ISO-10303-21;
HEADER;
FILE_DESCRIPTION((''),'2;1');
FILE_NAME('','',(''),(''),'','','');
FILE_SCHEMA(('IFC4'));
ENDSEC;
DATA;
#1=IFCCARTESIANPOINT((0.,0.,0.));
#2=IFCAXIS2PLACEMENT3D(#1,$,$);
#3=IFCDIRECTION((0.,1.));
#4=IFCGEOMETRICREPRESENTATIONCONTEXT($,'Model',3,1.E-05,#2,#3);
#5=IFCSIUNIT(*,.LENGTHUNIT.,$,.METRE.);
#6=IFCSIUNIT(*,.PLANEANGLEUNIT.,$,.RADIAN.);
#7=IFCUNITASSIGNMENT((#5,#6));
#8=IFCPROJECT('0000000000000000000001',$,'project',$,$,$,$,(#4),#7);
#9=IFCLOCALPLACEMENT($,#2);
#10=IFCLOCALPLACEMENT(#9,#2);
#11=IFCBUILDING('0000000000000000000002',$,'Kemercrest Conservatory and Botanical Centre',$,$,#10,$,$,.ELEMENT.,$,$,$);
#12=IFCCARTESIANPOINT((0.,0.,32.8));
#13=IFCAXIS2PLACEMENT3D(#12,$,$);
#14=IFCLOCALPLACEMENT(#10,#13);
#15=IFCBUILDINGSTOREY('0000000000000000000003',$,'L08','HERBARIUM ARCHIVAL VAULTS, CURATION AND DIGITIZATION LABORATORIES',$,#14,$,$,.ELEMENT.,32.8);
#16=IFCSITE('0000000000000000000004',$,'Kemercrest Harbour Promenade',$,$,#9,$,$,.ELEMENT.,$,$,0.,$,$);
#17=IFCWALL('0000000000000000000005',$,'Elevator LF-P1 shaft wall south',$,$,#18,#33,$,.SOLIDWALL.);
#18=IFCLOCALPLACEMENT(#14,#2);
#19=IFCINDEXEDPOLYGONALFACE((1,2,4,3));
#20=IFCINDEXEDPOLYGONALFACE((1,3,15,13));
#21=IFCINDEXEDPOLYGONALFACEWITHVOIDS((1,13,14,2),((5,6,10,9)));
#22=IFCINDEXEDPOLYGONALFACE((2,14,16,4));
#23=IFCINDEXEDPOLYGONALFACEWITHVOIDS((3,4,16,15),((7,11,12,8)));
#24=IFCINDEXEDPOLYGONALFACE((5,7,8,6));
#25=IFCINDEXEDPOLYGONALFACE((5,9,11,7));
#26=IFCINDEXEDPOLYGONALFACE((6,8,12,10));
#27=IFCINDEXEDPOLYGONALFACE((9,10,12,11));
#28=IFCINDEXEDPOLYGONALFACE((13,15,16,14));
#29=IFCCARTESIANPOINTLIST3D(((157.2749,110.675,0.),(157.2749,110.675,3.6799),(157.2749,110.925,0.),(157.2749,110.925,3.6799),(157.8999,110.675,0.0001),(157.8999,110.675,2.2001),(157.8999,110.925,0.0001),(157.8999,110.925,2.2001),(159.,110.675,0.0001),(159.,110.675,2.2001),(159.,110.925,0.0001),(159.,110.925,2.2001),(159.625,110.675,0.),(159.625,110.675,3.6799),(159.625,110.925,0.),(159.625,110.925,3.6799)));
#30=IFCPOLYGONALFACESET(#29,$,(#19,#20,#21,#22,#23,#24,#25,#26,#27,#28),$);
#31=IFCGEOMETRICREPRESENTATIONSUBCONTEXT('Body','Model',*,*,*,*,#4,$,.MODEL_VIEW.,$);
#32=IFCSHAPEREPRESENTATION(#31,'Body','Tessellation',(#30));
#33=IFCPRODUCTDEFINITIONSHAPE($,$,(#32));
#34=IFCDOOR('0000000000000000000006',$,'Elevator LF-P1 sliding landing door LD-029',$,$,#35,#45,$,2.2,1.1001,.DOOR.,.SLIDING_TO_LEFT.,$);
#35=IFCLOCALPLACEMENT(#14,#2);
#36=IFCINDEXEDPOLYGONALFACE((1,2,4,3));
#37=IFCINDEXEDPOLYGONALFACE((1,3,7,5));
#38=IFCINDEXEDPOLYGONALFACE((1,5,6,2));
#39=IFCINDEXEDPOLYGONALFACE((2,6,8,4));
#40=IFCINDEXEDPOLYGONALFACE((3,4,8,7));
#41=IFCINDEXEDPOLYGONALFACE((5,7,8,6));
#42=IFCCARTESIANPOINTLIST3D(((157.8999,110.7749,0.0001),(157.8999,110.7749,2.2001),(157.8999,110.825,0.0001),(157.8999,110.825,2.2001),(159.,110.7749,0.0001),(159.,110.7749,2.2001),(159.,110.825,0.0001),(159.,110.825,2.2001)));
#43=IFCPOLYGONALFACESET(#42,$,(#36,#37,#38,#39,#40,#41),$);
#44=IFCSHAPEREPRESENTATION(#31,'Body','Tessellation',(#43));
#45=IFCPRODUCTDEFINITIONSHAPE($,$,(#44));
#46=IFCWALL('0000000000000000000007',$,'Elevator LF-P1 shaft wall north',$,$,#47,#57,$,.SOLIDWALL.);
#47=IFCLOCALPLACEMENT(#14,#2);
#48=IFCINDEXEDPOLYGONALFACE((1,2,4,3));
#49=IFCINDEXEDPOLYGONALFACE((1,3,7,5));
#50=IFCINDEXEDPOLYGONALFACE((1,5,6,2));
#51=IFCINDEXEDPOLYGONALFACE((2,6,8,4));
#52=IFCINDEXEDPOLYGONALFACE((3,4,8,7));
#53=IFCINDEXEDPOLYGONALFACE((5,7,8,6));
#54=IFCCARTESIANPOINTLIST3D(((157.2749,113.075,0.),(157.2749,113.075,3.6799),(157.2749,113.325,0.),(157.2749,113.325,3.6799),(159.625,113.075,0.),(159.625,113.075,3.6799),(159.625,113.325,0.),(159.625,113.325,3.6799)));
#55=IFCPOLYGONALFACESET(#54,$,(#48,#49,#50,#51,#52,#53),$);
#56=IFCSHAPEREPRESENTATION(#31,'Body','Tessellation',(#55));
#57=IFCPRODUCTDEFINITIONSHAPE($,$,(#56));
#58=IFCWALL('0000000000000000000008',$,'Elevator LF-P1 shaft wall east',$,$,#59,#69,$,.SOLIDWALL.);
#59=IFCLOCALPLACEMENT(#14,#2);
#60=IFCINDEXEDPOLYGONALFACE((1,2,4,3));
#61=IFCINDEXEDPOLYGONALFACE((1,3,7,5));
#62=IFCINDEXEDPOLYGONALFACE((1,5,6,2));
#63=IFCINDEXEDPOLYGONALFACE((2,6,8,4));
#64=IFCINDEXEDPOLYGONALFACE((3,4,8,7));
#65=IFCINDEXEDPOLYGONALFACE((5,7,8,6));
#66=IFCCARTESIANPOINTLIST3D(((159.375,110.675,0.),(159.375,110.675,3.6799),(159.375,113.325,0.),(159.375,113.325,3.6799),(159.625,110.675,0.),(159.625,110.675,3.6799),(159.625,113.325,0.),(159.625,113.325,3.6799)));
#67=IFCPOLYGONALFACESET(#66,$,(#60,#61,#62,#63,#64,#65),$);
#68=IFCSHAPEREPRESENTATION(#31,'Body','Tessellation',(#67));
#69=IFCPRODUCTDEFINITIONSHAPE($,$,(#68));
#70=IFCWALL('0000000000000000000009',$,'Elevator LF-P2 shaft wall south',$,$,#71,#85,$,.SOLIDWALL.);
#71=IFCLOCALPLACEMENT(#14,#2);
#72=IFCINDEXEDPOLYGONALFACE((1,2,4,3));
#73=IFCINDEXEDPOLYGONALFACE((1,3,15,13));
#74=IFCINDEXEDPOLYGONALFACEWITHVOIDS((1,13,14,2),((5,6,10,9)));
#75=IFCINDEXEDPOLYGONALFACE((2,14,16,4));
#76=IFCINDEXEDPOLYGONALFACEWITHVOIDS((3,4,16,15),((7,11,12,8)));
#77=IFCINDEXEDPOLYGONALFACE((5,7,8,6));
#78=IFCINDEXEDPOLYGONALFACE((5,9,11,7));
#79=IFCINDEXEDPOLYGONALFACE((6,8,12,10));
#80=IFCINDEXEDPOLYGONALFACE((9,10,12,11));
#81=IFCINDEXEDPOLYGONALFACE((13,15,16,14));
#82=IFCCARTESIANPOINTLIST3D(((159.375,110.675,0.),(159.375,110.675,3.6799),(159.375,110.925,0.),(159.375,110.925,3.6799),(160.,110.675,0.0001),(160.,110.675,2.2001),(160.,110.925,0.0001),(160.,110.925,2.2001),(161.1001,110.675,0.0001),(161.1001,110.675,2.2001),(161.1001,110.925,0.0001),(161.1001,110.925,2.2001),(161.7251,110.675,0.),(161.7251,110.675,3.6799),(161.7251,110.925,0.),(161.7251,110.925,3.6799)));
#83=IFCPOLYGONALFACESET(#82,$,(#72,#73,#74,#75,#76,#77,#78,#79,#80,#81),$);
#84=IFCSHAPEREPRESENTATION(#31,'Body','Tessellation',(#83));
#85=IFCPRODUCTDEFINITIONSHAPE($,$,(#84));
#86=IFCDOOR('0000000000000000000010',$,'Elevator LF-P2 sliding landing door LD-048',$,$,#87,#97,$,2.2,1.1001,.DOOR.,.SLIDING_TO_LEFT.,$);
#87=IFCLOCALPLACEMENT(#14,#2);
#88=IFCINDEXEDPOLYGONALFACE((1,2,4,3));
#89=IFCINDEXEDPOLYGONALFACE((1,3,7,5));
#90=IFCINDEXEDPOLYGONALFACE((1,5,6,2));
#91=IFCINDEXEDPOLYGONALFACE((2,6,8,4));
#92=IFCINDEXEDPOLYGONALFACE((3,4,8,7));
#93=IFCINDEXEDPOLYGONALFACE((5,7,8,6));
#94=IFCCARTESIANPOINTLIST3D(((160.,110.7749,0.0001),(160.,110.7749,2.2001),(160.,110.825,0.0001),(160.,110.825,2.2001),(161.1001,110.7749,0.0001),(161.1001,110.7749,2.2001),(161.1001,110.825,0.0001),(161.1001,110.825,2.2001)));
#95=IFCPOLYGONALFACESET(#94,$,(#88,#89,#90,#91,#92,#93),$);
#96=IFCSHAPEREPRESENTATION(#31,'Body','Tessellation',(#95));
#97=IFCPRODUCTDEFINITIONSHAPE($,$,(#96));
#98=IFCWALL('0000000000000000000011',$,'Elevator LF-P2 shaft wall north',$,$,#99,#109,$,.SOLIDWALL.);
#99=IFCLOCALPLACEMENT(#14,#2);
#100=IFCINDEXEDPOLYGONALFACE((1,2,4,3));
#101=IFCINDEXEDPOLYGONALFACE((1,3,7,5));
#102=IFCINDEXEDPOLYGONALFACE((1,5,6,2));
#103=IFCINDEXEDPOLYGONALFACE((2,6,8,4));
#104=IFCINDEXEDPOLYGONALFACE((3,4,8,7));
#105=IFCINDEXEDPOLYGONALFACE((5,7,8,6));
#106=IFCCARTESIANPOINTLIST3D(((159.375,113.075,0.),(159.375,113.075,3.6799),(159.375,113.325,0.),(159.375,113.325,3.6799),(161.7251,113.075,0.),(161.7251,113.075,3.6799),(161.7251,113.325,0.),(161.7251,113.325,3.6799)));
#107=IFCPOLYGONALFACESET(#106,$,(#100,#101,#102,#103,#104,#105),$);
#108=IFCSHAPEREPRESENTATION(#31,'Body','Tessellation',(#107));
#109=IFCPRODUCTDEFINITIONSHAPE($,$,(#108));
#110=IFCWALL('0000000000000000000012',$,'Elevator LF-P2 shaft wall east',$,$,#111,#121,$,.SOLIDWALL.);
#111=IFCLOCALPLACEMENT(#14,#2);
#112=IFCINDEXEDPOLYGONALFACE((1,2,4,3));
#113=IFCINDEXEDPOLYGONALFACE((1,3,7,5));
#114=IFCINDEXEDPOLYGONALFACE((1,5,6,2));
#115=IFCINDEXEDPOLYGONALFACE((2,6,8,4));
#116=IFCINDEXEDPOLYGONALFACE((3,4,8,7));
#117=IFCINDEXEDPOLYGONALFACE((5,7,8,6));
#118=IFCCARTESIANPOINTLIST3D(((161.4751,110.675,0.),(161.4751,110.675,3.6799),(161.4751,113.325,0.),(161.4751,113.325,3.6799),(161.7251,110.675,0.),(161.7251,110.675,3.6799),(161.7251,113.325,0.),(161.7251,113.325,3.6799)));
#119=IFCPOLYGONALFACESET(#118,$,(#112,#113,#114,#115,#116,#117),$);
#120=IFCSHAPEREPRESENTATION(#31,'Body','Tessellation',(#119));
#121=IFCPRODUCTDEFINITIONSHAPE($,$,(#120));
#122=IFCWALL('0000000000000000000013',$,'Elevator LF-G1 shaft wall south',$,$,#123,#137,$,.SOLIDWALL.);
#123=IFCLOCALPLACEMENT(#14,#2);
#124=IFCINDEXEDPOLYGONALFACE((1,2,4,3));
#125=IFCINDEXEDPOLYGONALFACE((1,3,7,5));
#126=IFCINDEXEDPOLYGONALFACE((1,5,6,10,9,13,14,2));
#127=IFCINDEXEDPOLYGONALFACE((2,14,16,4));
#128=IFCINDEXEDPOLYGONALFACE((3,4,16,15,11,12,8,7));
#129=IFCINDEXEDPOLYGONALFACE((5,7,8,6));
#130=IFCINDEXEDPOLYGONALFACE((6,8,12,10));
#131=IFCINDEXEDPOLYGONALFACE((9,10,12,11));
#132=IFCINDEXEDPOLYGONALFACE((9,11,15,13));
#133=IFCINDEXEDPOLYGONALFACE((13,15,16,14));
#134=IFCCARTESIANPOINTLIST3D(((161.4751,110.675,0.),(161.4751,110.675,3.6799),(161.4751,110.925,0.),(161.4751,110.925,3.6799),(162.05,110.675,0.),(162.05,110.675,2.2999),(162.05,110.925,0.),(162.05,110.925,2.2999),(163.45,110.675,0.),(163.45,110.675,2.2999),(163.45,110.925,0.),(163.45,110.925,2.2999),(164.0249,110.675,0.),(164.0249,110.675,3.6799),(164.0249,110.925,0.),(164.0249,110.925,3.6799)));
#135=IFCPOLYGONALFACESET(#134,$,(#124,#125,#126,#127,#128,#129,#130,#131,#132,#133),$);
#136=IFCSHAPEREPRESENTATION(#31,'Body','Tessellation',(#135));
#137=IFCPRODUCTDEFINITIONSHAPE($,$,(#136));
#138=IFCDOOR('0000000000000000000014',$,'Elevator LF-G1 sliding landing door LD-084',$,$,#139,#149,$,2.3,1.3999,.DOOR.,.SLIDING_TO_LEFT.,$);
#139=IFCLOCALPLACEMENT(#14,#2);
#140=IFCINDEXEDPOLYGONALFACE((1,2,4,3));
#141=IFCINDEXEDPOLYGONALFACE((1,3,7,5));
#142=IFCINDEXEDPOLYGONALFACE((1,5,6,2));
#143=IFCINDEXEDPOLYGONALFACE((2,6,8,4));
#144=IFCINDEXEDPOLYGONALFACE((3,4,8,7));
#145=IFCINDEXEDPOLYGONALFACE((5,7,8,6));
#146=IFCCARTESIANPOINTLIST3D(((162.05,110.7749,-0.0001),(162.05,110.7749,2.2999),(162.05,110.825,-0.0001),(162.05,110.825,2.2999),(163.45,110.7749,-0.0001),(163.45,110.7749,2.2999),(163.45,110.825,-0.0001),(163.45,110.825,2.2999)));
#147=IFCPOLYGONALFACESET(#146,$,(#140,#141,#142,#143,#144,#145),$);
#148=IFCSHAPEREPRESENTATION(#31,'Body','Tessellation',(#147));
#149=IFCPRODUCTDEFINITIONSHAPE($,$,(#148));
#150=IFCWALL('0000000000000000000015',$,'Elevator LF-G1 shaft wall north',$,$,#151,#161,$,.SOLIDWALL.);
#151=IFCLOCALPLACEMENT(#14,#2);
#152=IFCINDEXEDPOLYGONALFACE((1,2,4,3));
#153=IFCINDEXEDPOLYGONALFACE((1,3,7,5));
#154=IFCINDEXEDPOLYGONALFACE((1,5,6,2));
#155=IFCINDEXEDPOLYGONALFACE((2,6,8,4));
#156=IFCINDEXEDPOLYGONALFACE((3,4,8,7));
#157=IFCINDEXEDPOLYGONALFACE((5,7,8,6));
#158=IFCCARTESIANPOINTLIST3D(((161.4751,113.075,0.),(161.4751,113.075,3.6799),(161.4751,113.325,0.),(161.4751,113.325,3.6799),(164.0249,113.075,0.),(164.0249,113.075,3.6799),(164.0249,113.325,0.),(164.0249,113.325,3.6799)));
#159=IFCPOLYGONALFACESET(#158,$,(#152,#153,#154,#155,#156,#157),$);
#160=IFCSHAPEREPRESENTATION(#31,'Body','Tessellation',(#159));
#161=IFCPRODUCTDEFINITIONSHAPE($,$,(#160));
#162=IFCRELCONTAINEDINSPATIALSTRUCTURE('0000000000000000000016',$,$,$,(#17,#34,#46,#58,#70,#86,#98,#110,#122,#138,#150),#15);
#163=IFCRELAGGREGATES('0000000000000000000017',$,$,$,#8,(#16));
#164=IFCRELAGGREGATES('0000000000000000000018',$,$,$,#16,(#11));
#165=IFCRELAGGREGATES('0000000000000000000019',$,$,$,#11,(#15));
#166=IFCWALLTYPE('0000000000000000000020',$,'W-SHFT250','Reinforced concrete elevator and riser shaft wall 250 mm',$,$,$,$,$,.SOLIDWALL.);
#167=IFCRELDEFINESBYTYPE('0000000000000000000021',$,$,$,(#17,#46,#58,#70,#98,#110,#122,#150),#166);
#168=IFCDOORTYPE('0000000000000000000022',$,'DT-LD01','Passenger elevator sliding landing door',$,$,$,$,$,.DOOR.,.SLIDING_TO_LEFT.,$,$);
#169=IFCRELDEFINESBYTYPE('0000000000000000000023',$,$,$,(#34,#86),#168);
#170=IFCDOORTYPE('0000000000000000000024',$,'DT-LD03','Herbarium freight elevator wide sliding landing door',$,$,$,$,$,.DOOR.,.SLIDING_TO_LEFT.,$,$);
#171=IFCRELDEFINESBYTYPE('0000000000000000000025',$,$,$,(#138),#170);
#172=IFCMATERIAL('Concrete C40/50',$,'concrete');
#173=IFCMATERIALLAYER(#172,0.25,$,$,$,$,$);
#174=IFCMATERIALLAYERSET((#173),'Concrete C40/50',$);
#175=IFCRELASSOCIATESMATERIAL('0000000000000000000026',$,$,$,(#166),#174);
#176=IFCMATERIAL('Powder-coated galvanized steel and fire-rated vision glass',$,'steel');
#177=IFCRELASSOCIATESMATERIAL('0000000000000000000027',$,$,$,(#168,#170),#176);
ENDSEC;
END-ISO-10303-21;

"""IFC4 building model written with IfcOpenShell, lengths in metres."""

from ifc_helpers import new_model, si_unit, direction, frame, frame_2d, origin, place, context, subcontext, project, spatial, rectangle, extrude, material, layer, layer_set, type_object, element, fill, save


model = new_model("IFC4")

# Units and contexts
model_context = context("Model", 3, precision=1e-05, world=origin(), true_north=direction((0.0, 1.0)))
body_context = subcontext(model_context, "Body", "Model", "MODEL_VIEW")
ifc_project = project(units=[si_unit("LENGTHUNIT", "METRE"), si_unit("PLANEANGLEUNIT", "RADIAN")], contexts=[model_context])

# Site, building, storey
site_placement = place(None, origin())
site = spatial("IfcSite", under=ifc_project, at=site_placement, Name="Kemercrest Harbour Promenade", CompositionType="ELEMENT", RefElevation=0.0)
building_placement = place(site_placement, origin())
building = spatial("IfcBuilding", under=site, at=building_placement, Name="Kemercrest Conservatory and Botanical Centre", CompositionType="ELEMENT")
storey_placement = place(building_placement, frame((0.0, 0.0, 32.8)))
storey = spatial("IfcBuildingStorey", under=building, at=storey_placement, Name="L08", Description="HERBARIUM ARCHIVAL VAULTS, CURATION AND DIGITIZATION LABORATORIES", CompositionType="ELEMENT", Elevation=32.8)

# Shared definitions
ifc_material_1 = material(Name="Concrete C40/50", Category="concrete")

# Shared definitions
ifc_layer_1 = layer(ifc_material_1, 0.25)
ifc_layer_set_1 = layer_set([ifc_layer_1], Name="Concrete C40/50")
wall_type_1 = type_object("IfcWallType", Name="W-SHFT250", Description="Reinforced concrete elevator and riser shaft wall 250 mm", PredefinedType="SOLIDWALL", material=ifc_layer_set_1)
ifc_material_2 = material(Name="Powder-coated galvanized steel and fire-rated vision glass", Category="steel")

# Wall, opening, door
wall_1_placement = place(storey_placement, frame((157.2749, 110.8, 0.0), z_axis=(0.0, 0.0, 1.0), x_axis=(1.0, 0.0, 0.0)))
wall_1 = element("IfcWall", 1, at=wall_1_placement, inside=storey, type_object=wall_type_1, Name="Elevator LF-P1 shaft wall south", PredefinedType="SOLIDWALL", context=body_context, shape_type="SweptSolid", body=[
    extrude(rectangle(XDim=2.3501, YDim=0.25, at=frame_2d((1.175, 0.0))), origin(), (0.0, 0.0, 1.0), 3.6799),
])
opening_1_placement = place(wall_1_placement, frame((0.625, 0.0, 0.0)))
opening_1 = element("IfcOpeningElement", 2, at=opening_1_placement, cuts=wall_1, PredefinedType="OPENING", context=body_context, shape_type="SweptSolid", body=[
    extrude(rectangle(XDim=1.1001, YDim=2.2, at=frame_2d((0.55, 1.1001))), frame((0.0, 0.135, 0.0), z_axis=(0.0, -1.0, 0.0), x_axis=(1.0, 0.0, 0.0)), (0.0, 0.0, 1.0), 0.27),
])
door_type_1 = type_object("IfcDoorType", Name="DT-LD01", Description="Passenger elevator sliding landing door", OperationType="SLIDING_TO_LEFT", PredefinedType="DOOR", material=ifc_material_2)
door_1_placement = place(opening_1_placement, origin())
door_1 = element("IfcDoor", 3, at=door_1_placement, inside=storey, type_object=door_type_1, Name="Elevator LF-P1 sliding landing door LD-029", OperationType="SLIDING_TO_LEFT", OverallHeight=2.2, OverallWidth=1.1001, PredefinedType="DOOR", context=body_context, shape_type="SweptSolid", body=[
    extrude(rectangle(XDim=1.1001, YDim=2.2, at=frame_2d((0.55, 1.1001))), frame((0.0, 0.0249, 0.0), z_axis=(0.0, -1.0, 0.0), x_axis=(1.0, 0.0, 0.0)), (0.0, 0.0, 1.0), 0.05),
])
fill(opening_1, door_1)

# Walls
wall_2_placement = place(storey_placement, frame((157.2749, 113.2, 0.0), z_axis=(0.0, 0.0, 1.0), x_axis=(1.0, 0.0, 0.0)))
element("IfcWall", 4, at=wall_2_placement, inside=storey, type_object=wall_type_1, Name="Elevator LF-P1 shaft wall north", PredefinedType="SOLIDWALL", context=body_context, shape_type="SweptSolid", body=[
    extrude(rectangle(XDim=2.3501, YDim=0.25, at=frame_2d((1.175, 0.0))), origin(), (0.0, 0.0, 1.0), 3.6799),
])
wall_3_placement = place(storey_placement, frame((159.5, 110.675, 0.0), z_axis=(0.0, 0.0, 1.0), x_axis=(0.0, 1.0, 0.0)))
element("IfcWall", 5, at=wall_3_placement, inside=storey, type_object=wall_type_1, Name="Elevator LF-P1 shaft wall east", PredefinedType="SOLIDWALL", context=body_context, shape_type="SweptSolid", body=[
    extrude(rectangle(XDim=2.6499, YDim=0.25, at=frame_2d((1.325, 0.0))), origin(), (0.0, 0.0, 1.0), 3.6799),
])

# Wall, opening, door
wall_4_placement = place(storey_placement, frame((159.375, 110.8, 0.0), z_axis=(0.0, 0.0, 1.0), x_axis=(1.0, 0.0, 0.0)))
wall_4 = element("IfcWall", 6, at=wall_4_placement, inside=storey, type_object=wall_type_1, Name="Elevator LF-P2 shaft wall south", PredefinedType="SOLIDWALL", context=body_context, shape_type="SweptSolid", body=[
    extrude(rectangle(XDim=2.3501, YDim=0.25, at=frame_2d((1.175, 0.0))), origin(), (0.0, 0.0, 1.0), 3.6799),
])
opening_2_placement = place(wall_4_placement, frame((0.625, 0.0, 0.0)))
opening_2 = element("IfcOpeningElement", 7, at=opening_2_placement, cuts=wall_4, PredefinedType="OPENING", context=body_context, shape_type="SweptSolid", body=[
    extrude(rectangle(XDim=1.1001, YDim=2.2, at=frame_2d((0.55, 1.1001))), frame((0.0, 0.135, 0.0), z_axis=(0.0, -1.0, 0.0), x_axis=(1.0, 0.0, 0.0)), (0.0, 0.0, 1.0), 0.27),
])
door_2_placement = place(opening_2_placement, origin())
door_2 = element("IfcDoor", 8, at=door_2_placement, inside=storey, type_object=door_type_1, Name="Elevator LF-P2 sliding landing door LD-048", OperationType="SLIDING_TO_LEFT", OverallHeight=2.2, OverallWidth=1.1001, PredefinedType="DOOR", context=body_context, shape_type="SweptSolid", body=[
    extrude(rectangle(XDim=1.1001, YDim=2.2, at=frame_2d((0.55, 1.1001))), frame((0.0, 0.0249, 0.0), z_axis=(0.0, -1.0, 0.0), x_axis=(1.0, 0.0, 0.0)), (0.0, 0.0, 1.0), 0.05),
])
fill(opening_2, door_2)

# Walls
wall_5_placement = place(storey_placement, frame((159.375, 113.2, 0.0), z_axis=(0.0, 0.0, 1.0), x_axis=(1.0, 0.0, 0.0)))
element("IfcWall", 9, at=wall_5_placement, inside=storey, type_object=wall_type_1, Name="Elevator LF-P2 shaft wall north", PredefinedType="SOLIDWALL", context=body_context, shape_type="SweptSolid", body=[
    extrude(rectangle(XDim=2.3501, YDim=0.25, at=frame_2d((1.175, 0.0))), origin(), (0.0, 0.0, 1.0), 3.6799),
])
wall_6_placement = place(storey_placement, frame((161.6001, 110.675, 0.0), z_axis=(0.0, 0.0, 1.0), x_axis=(0.0, 1.0, 0.0)))
element("IfcWall", 10, at=wall_6_placement, inside=storey, type_object=wall_type_1, Name="Elevator LF-P2 shaft wall east", PredefinedType="SOLIDWALL", context=body_context, shape_type="SweptSolid", body=[
    extrude(rectangle(XDim=2.6499, YDim=0.25, at=frame_2d((1.325, 0.0))), origin(), (0.0, 0.0, 1.0), 3.6799),
])

# Wall, opening, door
wall_7_placement = place(storey_placement, frame((161.4751, 110.8, 0.0), z_axis=(0.0, 0.0, 1.0), x_axis=(1.0, 0.0, 0.0)))
wall_7 = element("IfcWall", 11, at=wall_7_placement, inside=storey, type_object=wall_type_1, Name="Elevator LF-G1 shaft wall south", PredefinedType="SOLIDWALL", context=body_context, shape_type="SweptSolid", body=[
    extrude(rectangle(XDim=2.5498, YDim=0.25, at=frame_2d((1.2749, 0.0))), origin(), (0.0, 0.0, 1.0), 3.6799),
])
opening_3_placement = place(wall_7_placement, frame((0.575, 0.0, 0.0)))
opening_3 = element("IfcOpeningElement", 12, at=opening_3_placement, cuts=wall_7, PredefinedType="OPENING", context=body_context, shape_type="SweptSolid", body=[
    extrude(rectangle(XDim=1.3999, YDim=2.3, at=frame_2d((0.7, 1.1499))), frame((0.0, 0.135, 0.0), z_axis=(0.0, -1.0, 0.0), x_axis=(1.0, 0.0, 0.0)), (0.0, 0.0, 1.0), 0.27),
])
door_type_2 = type_object("IfcDoorType", Name="DT-LD03", Description="Herbarium freight elevator wide sliding landing door", OperationType="SLIDING_TO_LEFT", PredefinedType="DOOR", material=ifc_material_2)
door_3_placement = place(opening_3_placement, origin())
door_3 = element("IfcDoor", 13, at=door_3_placement, inside=storey, type_object=door_type_2, Name="Elevator LF-G1 sliding landing door LD-084", OperationType="SLIDING_TO_LEFT", OverallHeight=2.3, OverallWidth=1.3999, PredefinedType="DOOR", context=body_context, shape_type="SweptSolid", body=[
    extrude(rectangle(XDim=1.3999, YDim=2.3, at=frame_2d((0.7, 1.1499))), frame((0.0, 0.0249, 0.0), z_axis=(0.0, -1.0, 0.0), x_axis=(1.0, 0.0, 0.0)), (0.0, 0.0, 1.0), 0.05),
])
fill(opening_3, door_3)

# Wall
wall_8_placement = place(storey_placement, frame((161.4751, 113.2, 0.0), z_axis=(0.0, 0.0, 1.0), x_axis=(1.0, 0.0, 0.0)))
element("IfcWall", 14, at=wall_8_placement, inside=storey, type_object=wall_type_1, Name="Elevator LF-G1 shaft wall north", PredefinedType="SOLIDWALL", context=body_context, shape_type="SweptSolid", body=[
    extrude(rectangle(XDim=2.5498, YDim=0.25, at=frame_2d((1.2749, 0.0))), origin(), (0.0, 0.0, 1.0), 3.6799),
])

save(model, "model.ifc")
